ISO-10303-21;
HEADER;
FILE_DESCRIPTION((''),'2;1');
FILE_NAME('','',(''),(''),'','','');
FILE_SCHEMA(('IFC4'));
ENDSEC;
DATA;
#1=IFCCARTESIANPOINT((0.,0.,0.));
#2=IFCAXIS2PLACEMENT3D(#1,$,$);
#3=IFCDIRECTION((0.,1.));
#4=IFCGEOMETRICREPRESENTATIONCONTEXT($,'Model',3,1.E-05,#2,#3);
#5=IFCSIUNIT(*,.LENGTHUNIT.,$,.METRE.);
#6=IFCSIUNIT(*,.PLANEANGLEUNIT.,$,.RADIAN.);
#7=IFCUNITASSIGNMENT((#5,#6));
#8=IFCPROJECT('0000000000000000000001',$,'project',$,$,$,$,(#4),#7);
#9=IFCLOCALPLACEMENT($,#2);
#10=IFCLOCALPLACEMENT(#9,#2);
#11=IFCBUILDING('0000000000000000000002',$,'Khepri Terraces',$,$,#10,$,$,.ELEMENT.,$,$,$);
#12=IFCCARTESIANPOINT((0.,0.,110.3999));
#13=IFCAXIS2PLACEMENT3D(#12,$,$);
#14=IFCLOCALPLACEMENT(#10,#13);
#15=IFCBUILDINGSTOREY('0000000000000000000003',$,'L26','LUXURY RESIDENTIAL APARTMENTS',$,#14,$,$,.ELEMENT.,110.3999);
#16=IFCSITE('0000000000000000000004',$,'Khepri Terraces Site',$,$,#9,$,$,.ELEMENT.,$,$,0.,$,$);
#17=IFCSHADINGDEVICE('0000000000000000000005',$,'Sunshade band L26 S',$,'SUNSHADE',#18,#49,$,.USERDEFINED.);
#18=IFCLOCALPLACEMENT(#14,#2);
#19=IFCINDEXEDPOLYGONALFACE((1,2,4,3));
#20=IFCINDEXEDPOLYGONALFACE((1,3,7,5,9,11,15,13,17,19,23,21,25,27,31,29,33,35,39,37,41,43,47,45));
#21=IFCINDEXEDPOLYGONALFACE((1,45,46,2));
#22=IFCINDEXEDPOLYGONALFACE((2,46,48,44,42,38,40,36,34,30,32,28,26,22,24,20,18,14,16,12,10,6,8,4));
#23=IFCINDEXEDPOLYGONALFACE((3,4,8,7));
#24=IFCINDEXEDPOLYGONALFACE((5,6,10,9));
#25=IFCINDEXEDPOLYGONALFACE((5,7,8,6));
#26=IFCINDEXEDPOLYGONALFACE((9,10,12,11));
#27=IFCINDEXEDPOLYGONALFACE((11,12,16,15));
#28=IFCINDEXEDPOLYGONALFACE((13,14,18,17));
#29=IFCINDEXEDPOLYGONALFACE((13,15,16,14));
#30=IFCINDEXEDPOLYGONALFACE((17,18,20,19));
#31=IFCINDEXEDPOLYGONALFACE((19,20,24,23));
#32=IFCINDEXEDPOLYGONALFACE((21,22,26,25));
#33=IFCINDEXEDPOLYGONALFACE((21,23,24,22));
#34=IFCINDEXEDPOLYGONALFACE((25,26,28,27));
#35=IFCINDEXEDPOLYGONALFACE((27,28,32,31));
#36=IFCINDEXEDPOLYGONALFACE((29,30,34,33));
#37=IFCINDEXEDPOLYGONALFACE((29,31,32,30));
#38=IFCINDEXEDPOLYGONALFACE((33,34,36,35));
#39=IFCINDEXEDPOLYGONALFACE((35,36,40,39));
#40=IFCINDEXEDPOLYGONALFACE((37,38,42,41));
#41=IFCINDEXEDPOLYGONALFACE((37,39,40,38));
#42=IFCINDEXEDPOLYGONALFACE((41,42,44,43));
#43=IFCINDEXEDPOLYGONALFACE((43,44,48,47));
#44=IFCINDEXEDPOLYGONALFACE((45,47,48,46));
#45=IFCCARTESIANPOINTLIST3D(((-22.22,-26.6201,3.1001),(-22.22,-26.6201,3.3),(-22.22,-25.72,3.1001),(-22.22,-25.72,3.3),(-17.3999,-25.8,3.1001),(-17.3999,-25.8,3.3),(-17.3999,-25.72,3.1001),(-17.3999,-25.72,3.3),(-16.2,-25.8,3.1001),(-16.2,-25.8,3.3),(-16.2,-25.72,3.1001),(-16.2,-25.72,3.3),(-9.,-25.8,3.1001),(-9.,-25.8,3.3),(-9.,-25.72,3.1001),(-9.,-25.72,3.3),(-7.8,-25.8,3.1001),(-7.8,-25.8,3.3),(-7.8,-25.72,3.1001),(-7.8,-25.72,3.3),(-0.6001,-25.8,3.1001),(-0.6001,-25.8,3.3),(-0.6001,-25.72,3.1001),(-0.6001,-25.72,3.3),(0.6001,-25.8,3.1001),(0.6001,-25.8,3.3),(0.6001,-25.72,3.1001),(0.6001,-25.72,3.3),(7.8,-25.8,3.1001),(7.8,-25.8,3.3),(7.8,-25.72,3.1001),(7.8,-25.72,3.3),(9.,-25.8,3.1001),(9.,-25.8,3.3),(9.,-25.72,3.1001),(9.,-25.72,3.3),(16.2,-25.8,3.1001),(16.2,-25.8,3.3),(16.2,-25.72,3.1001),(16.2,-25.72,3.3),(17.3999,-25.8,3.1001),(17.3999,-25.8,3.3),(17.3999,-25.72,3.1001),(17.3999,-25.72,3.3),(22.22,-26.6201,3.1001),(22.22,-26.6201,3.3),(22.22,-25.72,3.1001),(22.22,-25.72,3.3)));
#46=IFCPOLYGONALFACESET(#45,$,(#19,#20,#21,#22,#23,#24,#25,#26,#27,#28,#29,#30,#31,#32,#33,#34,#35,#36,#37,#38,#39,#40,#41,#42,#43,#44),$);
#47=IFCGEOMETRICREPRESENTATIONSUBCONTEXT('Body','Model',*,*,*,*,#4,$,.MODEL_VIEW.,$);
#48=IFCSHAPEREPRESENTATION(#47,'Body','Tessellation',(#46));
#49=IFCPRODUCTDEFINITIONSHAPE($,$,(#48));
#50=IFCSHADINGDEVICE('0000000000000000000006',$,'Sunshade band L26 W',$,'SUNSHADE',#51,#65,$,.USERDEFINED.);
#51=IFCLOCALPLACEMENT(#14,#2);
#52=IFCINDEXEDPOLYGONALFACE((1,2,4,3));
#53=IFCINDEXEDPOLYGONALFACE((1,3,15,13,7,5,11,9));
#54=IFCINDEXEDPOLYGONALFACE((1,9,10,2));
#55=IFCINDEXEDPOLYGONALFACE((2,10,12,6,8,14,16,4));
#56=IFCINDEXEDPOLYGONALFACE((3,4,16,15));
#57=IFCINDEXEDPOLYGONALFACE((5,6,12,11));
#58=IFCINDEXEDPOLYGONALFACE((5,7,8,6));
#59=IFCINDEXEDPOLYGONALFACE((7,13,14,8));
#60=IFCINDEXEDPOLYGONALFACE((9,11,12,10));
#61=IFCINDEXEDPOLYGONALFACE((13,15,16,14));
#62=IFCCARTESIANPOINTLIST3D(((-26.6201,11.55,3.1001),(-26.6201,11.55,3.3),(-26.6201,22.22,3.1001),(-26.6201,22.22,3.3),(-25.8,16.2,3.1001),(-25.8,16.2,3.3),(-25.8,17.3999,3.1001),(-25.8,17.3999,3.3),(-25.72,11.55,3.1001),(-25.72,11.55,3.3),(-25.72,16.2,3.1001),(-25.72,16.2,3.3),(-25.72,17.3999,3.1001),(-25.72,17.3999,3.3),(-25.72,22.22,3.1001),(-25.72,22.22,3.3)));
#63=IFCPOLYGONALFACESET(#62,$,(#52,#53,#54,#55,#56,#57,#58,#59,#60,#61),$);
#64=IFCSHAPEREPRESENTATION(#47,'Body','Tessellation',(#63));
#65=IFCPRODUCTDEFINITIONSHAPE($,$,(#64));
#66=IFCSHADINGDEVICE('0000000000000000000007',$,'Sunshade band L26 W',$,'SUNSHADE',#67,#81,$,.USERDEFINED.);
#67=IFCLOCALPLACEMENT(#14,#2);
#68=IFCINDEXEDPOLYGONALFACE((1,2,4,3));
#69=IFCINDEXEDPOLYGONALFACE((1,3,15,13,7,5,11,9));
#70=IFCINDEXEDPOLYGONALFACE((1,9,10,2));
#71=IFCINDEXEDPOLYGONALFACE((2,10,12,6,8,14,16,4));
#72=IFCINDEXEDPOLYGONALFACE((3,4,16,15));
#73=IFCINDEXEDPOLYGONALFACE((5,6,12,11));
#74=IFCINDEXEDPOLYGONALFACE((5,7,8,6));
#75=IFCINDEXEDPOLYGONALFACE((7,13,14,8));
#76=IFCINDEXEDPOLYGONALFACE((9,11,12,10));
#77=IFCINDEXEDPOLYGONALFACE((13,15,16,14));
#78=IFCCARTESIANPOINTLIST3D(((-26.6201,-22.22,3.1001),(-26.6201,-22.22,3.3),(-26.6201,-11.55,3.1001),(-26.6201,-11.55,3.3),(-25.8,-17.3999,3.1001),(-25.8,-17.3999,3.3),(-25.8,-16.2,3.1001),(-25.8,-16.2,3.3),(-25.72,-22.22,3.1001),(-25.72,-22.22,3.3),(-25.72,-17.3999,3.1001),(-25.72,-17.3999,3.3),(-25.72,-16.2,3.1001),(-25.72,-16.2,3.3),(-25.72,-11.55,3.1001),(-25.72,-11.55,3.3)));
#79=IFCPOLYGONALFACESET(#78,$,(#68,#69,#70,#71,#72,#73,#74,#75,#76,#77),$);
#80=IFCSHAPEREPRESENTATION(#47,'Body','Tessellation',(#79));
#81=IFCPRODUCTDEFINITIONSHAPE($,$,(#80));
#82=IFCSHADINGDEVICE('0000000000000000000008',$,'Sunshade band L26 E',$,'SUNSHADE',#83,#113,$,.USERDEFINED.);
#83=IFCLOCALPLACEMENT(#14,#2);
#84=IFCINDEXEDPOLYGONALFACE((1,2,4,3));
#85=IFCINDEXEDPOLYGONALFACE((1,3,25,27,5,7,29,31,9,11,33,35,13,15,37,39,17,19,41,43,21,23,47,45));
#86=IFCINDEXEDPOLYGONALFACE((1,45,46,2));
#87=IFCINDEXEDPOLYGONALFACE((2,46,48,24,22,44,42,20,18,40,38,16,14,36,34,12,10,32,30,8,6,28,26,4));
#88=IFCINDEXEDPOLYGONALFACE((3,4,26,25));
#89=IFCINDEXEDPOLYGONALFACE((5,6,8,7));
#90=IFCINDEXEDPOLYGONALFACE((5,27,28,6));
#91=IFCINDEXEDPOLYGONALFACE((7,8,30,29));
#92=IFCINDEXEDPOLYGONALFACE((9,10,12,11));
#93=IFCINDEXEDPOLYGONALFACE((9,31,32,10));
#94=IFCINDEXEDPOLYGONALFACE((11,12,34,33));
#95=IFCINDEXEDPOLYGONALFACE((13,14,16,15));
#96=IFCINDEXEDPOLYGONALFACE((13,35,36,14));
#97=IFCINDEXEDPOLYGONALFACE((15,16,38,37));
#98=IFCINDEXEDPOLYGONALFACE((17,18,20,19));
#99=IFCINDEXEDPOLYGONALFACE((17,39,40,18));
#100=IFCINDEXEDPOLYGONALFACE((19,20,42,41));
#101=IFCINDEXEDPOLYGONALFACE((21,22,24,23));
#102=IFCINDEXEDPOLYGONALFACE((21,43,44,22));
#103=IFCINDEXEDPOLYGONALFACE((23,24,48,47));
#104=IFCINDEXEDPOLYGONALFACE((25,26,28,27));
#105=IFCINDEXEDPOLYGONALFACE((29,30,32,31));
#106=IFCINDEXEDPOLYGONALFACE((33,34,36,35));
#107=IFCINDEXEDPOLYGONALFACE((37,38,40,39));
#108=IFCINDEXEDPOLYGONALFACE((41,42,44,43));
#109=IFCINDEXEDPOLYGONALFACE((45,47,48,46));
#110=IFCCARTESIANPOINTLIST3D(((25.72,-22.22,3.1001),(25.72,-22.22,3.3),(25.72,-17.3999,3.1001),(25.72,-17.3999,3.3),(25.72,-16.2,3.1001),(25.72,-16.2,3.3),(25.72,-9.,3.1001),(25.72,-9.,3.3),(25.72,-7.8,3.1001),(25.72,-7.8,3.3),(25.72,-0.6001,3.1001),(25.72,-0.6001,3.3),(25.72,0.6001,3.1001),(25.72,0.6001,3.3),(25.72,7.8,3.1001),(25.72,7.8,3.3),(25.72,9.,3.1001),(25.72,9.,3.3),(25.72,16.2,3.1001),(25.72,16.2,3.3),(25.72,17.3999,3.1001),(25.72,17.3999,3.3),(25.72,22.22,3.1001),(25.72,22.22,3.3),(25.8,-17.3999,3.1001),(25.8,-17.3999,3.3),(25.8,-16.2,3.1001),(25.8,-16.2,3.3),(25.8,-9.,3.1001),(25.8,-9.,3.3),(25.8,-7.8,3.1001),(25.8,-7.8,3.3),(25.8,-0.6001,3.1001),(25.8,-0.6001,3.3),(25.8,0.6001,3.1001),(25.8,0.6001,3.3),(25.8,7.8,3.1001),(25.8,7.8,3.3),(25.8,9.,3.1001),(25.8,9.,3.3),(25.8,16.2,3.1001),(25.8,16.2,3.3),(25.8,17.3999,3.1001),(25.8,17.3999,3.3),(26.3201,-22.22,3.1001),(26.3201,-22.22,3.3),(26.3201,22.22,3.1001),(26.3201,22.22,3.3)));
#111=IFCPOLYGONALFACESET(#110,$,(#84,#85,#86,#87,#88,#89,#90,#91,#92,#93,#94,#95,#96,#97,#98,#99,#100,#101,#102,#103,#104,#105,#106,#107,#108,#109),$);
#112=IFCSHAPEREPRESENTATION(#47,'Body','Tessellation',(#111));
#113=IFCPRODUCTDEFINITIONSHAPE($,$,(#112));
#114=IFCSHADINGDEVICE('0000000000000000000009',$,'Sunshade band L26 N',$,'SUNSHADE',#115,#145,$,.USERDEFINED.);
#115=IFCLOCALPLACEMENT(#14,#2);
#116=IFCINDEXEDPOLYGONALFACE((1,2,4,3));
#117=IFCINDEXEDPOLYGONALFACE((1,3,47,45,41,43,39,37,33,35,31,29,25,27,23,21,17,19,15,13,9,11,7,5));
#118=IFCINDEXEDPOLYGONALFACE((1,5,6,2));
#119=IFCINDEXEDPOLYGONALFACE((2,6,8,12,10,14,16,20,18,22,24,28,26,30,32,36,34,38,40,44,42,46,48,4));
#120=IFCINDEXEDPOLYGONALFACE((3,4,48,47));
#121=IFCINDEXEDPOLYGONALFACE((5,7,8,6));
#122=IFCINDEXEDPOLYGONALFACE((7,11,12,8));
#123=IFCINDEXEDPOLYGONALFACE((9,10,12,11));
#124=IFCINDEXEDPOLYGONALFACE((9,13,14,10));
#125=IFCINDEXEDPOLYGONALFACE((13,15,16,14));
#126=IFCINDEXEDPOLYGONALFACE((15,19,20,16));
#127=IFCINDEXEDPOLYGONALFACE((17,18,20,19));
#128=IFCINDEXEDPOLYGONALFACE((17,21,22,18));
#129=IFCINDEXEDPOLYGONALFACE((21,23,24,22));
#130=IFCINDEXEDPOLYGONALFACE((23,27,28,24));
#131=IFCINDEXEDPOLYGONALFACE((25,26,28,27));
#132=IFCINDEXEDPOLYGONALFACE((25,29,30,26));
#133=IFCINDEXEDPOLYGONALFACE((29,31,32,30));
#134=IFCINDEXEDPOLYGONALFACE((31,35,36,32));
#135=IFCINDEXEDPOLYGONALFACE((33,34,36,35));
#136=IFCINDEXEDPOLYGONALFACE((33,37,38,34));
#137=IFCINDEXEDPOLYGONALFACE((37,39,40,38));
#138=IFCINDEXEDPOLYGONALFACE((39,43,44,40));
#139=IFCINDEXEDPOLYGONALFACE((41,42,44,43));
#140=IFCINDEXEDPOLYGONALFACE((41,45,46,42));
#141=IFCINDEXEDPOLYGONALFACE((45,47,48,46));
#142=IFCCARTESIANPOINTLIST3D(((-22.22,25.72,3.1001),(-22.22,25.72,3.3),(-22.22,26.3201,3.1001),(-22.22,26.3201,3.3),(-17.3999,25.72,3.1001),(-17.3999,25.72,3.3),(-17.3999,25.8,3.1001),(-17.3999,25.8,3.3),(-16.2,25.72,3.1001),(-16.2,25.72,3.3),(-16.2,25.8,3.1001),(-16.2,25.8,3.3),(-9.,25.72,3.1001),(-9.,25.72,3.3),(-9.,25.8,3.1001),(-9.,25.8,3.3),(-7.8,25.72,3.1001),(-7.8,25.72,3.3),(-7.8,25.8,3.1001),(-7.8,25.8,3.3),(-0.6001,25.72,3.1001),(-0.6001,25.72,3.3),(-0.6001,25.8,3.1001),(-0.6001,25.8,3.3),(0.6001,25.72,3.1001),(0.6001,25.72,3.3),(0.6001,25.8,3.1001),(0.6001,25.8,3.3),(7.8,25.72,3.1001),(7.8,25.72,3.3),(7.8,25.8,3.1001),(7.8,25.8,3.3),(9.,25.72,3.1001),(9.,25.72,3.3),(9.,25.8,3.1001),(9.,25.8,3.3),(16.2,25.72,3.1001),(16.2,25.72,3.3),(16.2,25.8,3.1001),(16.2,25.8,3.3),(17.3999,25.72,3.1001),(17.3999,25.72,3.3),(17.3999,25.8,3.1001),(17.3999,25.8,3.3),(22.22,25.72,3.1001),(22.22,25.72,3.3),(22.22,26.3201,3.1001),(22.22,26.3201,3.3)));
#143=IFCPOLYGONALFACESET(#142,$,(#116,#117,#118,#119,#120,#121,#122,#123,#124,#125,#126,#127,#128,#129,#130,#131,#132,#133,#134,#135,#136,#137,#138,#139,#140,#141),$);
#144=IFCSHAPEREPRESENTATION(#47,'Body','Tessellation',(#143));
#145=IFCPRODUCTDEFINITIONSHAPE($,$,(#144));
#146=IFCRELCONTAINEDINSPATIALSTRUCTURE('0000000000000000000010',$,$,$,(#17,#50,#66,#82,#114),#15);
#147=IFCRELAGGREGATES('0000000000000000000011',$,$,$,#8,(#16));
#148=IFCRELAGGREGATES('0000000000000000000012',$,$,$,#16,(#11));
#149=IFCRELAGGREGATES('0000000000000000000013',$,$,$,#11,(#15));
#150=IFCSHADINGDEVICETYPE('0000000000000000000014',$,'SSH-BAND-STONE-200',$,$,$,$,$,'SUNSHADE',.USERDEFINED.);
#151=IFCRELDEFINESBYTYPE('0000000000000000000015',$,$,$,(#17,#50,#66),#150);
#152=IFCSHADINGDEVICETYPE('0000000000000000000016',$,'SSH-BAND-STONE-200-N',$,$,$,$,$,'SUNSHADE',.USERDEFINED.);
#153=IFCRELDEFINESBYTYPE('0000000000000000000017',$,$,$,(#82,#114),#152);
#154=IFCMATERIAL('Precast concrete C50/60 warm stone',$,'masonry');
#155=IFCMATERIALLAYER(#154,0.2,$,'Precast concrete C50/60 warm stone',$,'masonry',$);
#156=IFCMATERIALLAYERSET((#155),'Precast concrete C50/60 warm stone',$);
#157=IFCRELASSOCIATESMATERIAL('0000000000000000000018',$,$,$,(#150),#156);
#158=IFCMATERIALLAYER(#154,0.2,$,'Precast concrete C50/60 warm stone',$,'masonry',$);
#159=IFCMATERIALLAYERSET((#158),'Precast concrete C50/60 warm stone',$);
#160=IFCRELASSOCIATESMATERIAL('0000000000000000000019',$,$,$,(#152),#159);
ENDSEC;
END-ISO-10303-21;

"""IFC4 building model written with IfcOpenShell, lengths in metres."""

from ifc_helpers import new_model, si_unit, direction, frame, origin, place, context, subcontext, project, spatial, polyline, outline, extrude, material, layer, layer_set, type_object, element, save


model = new_model("IFC4")

# Units and contexts
model_context = context("Model", 3, precision=1e-05, world=origin(), true_north=direction((0.0, 1.0)))
body_context = subcontext(model_context, "Body", "Model", "MODEL_VIEW")
ifc_project = project(units=[si_unit("LENGTHUNIT", "METRE"), si_unit("PLANEANGLEUNIT", "RADIAN")], contexts=[model_context])

# Site, building, storey
site_placement = place(None, origin())
site = spatial("IfcSite", under=ifc_project, at=site_placement, Name="Khepri Terraces Site", CompositionType="ELEMENT", RefElevation=0.0)
building_placement = place(site_placement, origin())
building = spatial("IfcBuilding", under=site, at=building_placement, Name="Khepri Terraces", CompositionType="ELEMENT")
storey_placement = place(building_placement, frame((0.0, 0.0, 110.3999)))
storey = spatial("IfcBuildingStorey", under=building, at=storey_placement, Name="L26", Description="LUXURY RESIDENTIAL APARTMENTS", CompositionType="ELEMENT", Elevation=110.3999)

# Shared definitions
ifc_material_1 = material(Name="Precast concrete C50/60 warm stone", Category="masonry")

# Shading devices
ifc_layer_1 = layer(ifc_material_1, 0.2, Name="Precast concrete C50/60 warm stone", Category="masonry")
ifc_layer_set_1 = layer_set([ifc_layer_1], Name="Precast concrete C50/60 warm stone")
shading_device_type_1 = type_object("IfcShadingDeviceType", Name="SSH-BAND-STONE-200", ElementType="SUNSHADE", PredefinedType="USERDEFINED", material=ifc_layer_set_1)
shading_device_1_placement = place(storey_placement, frame((0.0, 0.0, 3.1001)))
element("IfcShadingDevice", 1, at=shading_device_1_placement, inside=storey, type_object=shading_device_type_1, Name="Sunshade band L26 S", ObjectType="SUNSHADE", PredefinedType="USERDEFINED", context=body_context, shape_type="SweptSolid", body=[
    extrude(outline(polyline([(-17.3999, -25.72), (-22.22, -25.72), (-22.22, -26.6201), (22.22, -26.6201), (22.22, -25.72), (17.3999, -25.72), (17.3999, -25.8), (16.2, -25.8), (16.2, -25.72), (9.0, -25.72), (9.0, -25.8), (7.8, -25.8), (7.8, -25.72), (0.6001, -25.72), (0.6001, -25.8), (-0.6001, -25.8), (-0.6001, -25.72), (-7.8, -25.72), (-7.8, -25.8), (-9.0, -25.8), (-9.0, -25.72), (-16.2, -25.72), (-16.2, -25.8), (-17.3999, -25.8), (-17.3999, -25.72)])), origin(), (0.0, 0.0, 1.0), 0.2),
])
shading_device_2_placement = place(storey_placement, frame((0.0, 0.0, 3.1001)))
element("IfcShadingDevice", 2, at=shading_device_2_placement, inside=storey, type_object=shading_device_type_1, Name="Sunshade band L26 W", ObjectType="SUNSHADE", PredefinedType="USERDEFINED", context=body_context, shape_type="SweptSolid", body=[
    extrude(outline(polyline([(-25.72, 17.3999), (-25.72, 22.22), (-26.6201, 22.22), (-26.6201, 11.55), (-25.72, 11.55), (-25.72, 16.2), (-25.8, 16.2), (-25.8, 17.3999), (-25.72, 17.3999)])), origin(), (0.0, 0.0, 1.0), 0.2),
])
shading_device_3_placement = place(storey_placement, frame((0.0, 0.0, 3.1001)))
element("IfcShadingDevice", 3, at=shading_device_3_placement, inside=storey, type_object=shading_device_type_1, Name="Sunshade band L26 W", ObjectType="SUNSHADE", PredefinedType="USERDEFINED", context=body_context, shape_type="SweptSolid", body=[
    extrude(outline(polyline([(-25.72, -16.2), (-25.72, -11.55), (-26.6201, -11.55), (-26.6201, -22.22), (-25.72, -22.22), (-25.72, -17.3999), (-25.8, -17.3999), (-25.8, -16.2), (-25.72, -16.2)])), origin(), (0.0, 0.0, 1.0), 0.2),
])
ifc_layer_2 = layer(ifc_material_1, 0.2, Name="Precast concrete C50/60 warm stone", Category="masonry")
ifc_layer_set_2 = layer_set([ifc_layer_2], Name="Precast concrete C50/60 warm stone")
shading_device_type_2 = type_object("IfcShadingDeviceType", Name="SSH-BAND-STONE-200-N", ElementType="SUNSHADE", PredefinedType="USERDEFINED", material=ifc_layer_set_2)
shading_device_4_placement = place(storey_placement, frame((0.0, 0.0, 3.1001)))
element("IfcShadingDevice", 4, at=shading_device_4_placement, inside=storey, type_object=shading_device_type_2, Name="Sunshade band L26 E", ObjectType="SUNSHADE", PredefinedType="USERDEFINED", context=body_context, shape_type="SweptSolid", body=[
    extrude(outline(polyline([(25.72, -17.3999), (25.72, -22.22), (26.3201, -22.22), (26.3201, 22.22), (25.72, 22.22), (25.72, 17.3999), (25.8, 17.3999), (25.8, 16.2), (25.72, 16.2), (25.72, 9.0), (25.8, 9.0), (25.8, 7.8), (25.72, 7.8), (25.72, 0.6001), (25.8, 0.6001), (25.8, -0.6001), (25.72, -0.6001), (25.72, -7.8), (25.8, -7.8), (25.8, -9.0), (25.72, -9.0), (25.72, -16.2), (25.8, -16.2), (25.8, -17.3999), (25.72, -17.3999)])), origin(), (0.0, 0.0, 1.0), 0.2),
])
shading_device_5_placement = place(storey_placement, frame((0.0, 0.0, 3.1001)))
element("IfcShadingDevice", 5, at=shading_device_5_placement, inside=storey, type_object=shading_device_type_2, Name="Sunshade band L26 N", ObjectType="SUNSHADE", PredefinedType="USERDEFINED", context=body_context, shape_type="SweptSolid", body=[
    extrude(outline(polyline([(17.3999, 25.72), (22.22, 25.72), (22.22, 26.3201), (-22.22, 26.3201), (-22.22, 25.72), (-17.3999, 25.72), (-17.3999, 25.8), (-16.2, 25.8), (-16.2, 25.72), (-9.0, 25.72), (-9.0, 25.8), (-7.8, 25.8), (-7.8, 25.72), (-0.6001, 25.72), (-0.6001, 25.8), (0.6001, 25.8), (0.6001, 25.72), (7.8, 25.72), (7.8, 25.8), (9.0, 25.8), (9.0, 25.72), (16.2, 25.72), (16.2, 25.8), (17.3999, 25.8), (17.3999, 25.72)])), origin(), (0.0, 0.0, 1.0), 0.2),
])

save(model, "model.ifc")
